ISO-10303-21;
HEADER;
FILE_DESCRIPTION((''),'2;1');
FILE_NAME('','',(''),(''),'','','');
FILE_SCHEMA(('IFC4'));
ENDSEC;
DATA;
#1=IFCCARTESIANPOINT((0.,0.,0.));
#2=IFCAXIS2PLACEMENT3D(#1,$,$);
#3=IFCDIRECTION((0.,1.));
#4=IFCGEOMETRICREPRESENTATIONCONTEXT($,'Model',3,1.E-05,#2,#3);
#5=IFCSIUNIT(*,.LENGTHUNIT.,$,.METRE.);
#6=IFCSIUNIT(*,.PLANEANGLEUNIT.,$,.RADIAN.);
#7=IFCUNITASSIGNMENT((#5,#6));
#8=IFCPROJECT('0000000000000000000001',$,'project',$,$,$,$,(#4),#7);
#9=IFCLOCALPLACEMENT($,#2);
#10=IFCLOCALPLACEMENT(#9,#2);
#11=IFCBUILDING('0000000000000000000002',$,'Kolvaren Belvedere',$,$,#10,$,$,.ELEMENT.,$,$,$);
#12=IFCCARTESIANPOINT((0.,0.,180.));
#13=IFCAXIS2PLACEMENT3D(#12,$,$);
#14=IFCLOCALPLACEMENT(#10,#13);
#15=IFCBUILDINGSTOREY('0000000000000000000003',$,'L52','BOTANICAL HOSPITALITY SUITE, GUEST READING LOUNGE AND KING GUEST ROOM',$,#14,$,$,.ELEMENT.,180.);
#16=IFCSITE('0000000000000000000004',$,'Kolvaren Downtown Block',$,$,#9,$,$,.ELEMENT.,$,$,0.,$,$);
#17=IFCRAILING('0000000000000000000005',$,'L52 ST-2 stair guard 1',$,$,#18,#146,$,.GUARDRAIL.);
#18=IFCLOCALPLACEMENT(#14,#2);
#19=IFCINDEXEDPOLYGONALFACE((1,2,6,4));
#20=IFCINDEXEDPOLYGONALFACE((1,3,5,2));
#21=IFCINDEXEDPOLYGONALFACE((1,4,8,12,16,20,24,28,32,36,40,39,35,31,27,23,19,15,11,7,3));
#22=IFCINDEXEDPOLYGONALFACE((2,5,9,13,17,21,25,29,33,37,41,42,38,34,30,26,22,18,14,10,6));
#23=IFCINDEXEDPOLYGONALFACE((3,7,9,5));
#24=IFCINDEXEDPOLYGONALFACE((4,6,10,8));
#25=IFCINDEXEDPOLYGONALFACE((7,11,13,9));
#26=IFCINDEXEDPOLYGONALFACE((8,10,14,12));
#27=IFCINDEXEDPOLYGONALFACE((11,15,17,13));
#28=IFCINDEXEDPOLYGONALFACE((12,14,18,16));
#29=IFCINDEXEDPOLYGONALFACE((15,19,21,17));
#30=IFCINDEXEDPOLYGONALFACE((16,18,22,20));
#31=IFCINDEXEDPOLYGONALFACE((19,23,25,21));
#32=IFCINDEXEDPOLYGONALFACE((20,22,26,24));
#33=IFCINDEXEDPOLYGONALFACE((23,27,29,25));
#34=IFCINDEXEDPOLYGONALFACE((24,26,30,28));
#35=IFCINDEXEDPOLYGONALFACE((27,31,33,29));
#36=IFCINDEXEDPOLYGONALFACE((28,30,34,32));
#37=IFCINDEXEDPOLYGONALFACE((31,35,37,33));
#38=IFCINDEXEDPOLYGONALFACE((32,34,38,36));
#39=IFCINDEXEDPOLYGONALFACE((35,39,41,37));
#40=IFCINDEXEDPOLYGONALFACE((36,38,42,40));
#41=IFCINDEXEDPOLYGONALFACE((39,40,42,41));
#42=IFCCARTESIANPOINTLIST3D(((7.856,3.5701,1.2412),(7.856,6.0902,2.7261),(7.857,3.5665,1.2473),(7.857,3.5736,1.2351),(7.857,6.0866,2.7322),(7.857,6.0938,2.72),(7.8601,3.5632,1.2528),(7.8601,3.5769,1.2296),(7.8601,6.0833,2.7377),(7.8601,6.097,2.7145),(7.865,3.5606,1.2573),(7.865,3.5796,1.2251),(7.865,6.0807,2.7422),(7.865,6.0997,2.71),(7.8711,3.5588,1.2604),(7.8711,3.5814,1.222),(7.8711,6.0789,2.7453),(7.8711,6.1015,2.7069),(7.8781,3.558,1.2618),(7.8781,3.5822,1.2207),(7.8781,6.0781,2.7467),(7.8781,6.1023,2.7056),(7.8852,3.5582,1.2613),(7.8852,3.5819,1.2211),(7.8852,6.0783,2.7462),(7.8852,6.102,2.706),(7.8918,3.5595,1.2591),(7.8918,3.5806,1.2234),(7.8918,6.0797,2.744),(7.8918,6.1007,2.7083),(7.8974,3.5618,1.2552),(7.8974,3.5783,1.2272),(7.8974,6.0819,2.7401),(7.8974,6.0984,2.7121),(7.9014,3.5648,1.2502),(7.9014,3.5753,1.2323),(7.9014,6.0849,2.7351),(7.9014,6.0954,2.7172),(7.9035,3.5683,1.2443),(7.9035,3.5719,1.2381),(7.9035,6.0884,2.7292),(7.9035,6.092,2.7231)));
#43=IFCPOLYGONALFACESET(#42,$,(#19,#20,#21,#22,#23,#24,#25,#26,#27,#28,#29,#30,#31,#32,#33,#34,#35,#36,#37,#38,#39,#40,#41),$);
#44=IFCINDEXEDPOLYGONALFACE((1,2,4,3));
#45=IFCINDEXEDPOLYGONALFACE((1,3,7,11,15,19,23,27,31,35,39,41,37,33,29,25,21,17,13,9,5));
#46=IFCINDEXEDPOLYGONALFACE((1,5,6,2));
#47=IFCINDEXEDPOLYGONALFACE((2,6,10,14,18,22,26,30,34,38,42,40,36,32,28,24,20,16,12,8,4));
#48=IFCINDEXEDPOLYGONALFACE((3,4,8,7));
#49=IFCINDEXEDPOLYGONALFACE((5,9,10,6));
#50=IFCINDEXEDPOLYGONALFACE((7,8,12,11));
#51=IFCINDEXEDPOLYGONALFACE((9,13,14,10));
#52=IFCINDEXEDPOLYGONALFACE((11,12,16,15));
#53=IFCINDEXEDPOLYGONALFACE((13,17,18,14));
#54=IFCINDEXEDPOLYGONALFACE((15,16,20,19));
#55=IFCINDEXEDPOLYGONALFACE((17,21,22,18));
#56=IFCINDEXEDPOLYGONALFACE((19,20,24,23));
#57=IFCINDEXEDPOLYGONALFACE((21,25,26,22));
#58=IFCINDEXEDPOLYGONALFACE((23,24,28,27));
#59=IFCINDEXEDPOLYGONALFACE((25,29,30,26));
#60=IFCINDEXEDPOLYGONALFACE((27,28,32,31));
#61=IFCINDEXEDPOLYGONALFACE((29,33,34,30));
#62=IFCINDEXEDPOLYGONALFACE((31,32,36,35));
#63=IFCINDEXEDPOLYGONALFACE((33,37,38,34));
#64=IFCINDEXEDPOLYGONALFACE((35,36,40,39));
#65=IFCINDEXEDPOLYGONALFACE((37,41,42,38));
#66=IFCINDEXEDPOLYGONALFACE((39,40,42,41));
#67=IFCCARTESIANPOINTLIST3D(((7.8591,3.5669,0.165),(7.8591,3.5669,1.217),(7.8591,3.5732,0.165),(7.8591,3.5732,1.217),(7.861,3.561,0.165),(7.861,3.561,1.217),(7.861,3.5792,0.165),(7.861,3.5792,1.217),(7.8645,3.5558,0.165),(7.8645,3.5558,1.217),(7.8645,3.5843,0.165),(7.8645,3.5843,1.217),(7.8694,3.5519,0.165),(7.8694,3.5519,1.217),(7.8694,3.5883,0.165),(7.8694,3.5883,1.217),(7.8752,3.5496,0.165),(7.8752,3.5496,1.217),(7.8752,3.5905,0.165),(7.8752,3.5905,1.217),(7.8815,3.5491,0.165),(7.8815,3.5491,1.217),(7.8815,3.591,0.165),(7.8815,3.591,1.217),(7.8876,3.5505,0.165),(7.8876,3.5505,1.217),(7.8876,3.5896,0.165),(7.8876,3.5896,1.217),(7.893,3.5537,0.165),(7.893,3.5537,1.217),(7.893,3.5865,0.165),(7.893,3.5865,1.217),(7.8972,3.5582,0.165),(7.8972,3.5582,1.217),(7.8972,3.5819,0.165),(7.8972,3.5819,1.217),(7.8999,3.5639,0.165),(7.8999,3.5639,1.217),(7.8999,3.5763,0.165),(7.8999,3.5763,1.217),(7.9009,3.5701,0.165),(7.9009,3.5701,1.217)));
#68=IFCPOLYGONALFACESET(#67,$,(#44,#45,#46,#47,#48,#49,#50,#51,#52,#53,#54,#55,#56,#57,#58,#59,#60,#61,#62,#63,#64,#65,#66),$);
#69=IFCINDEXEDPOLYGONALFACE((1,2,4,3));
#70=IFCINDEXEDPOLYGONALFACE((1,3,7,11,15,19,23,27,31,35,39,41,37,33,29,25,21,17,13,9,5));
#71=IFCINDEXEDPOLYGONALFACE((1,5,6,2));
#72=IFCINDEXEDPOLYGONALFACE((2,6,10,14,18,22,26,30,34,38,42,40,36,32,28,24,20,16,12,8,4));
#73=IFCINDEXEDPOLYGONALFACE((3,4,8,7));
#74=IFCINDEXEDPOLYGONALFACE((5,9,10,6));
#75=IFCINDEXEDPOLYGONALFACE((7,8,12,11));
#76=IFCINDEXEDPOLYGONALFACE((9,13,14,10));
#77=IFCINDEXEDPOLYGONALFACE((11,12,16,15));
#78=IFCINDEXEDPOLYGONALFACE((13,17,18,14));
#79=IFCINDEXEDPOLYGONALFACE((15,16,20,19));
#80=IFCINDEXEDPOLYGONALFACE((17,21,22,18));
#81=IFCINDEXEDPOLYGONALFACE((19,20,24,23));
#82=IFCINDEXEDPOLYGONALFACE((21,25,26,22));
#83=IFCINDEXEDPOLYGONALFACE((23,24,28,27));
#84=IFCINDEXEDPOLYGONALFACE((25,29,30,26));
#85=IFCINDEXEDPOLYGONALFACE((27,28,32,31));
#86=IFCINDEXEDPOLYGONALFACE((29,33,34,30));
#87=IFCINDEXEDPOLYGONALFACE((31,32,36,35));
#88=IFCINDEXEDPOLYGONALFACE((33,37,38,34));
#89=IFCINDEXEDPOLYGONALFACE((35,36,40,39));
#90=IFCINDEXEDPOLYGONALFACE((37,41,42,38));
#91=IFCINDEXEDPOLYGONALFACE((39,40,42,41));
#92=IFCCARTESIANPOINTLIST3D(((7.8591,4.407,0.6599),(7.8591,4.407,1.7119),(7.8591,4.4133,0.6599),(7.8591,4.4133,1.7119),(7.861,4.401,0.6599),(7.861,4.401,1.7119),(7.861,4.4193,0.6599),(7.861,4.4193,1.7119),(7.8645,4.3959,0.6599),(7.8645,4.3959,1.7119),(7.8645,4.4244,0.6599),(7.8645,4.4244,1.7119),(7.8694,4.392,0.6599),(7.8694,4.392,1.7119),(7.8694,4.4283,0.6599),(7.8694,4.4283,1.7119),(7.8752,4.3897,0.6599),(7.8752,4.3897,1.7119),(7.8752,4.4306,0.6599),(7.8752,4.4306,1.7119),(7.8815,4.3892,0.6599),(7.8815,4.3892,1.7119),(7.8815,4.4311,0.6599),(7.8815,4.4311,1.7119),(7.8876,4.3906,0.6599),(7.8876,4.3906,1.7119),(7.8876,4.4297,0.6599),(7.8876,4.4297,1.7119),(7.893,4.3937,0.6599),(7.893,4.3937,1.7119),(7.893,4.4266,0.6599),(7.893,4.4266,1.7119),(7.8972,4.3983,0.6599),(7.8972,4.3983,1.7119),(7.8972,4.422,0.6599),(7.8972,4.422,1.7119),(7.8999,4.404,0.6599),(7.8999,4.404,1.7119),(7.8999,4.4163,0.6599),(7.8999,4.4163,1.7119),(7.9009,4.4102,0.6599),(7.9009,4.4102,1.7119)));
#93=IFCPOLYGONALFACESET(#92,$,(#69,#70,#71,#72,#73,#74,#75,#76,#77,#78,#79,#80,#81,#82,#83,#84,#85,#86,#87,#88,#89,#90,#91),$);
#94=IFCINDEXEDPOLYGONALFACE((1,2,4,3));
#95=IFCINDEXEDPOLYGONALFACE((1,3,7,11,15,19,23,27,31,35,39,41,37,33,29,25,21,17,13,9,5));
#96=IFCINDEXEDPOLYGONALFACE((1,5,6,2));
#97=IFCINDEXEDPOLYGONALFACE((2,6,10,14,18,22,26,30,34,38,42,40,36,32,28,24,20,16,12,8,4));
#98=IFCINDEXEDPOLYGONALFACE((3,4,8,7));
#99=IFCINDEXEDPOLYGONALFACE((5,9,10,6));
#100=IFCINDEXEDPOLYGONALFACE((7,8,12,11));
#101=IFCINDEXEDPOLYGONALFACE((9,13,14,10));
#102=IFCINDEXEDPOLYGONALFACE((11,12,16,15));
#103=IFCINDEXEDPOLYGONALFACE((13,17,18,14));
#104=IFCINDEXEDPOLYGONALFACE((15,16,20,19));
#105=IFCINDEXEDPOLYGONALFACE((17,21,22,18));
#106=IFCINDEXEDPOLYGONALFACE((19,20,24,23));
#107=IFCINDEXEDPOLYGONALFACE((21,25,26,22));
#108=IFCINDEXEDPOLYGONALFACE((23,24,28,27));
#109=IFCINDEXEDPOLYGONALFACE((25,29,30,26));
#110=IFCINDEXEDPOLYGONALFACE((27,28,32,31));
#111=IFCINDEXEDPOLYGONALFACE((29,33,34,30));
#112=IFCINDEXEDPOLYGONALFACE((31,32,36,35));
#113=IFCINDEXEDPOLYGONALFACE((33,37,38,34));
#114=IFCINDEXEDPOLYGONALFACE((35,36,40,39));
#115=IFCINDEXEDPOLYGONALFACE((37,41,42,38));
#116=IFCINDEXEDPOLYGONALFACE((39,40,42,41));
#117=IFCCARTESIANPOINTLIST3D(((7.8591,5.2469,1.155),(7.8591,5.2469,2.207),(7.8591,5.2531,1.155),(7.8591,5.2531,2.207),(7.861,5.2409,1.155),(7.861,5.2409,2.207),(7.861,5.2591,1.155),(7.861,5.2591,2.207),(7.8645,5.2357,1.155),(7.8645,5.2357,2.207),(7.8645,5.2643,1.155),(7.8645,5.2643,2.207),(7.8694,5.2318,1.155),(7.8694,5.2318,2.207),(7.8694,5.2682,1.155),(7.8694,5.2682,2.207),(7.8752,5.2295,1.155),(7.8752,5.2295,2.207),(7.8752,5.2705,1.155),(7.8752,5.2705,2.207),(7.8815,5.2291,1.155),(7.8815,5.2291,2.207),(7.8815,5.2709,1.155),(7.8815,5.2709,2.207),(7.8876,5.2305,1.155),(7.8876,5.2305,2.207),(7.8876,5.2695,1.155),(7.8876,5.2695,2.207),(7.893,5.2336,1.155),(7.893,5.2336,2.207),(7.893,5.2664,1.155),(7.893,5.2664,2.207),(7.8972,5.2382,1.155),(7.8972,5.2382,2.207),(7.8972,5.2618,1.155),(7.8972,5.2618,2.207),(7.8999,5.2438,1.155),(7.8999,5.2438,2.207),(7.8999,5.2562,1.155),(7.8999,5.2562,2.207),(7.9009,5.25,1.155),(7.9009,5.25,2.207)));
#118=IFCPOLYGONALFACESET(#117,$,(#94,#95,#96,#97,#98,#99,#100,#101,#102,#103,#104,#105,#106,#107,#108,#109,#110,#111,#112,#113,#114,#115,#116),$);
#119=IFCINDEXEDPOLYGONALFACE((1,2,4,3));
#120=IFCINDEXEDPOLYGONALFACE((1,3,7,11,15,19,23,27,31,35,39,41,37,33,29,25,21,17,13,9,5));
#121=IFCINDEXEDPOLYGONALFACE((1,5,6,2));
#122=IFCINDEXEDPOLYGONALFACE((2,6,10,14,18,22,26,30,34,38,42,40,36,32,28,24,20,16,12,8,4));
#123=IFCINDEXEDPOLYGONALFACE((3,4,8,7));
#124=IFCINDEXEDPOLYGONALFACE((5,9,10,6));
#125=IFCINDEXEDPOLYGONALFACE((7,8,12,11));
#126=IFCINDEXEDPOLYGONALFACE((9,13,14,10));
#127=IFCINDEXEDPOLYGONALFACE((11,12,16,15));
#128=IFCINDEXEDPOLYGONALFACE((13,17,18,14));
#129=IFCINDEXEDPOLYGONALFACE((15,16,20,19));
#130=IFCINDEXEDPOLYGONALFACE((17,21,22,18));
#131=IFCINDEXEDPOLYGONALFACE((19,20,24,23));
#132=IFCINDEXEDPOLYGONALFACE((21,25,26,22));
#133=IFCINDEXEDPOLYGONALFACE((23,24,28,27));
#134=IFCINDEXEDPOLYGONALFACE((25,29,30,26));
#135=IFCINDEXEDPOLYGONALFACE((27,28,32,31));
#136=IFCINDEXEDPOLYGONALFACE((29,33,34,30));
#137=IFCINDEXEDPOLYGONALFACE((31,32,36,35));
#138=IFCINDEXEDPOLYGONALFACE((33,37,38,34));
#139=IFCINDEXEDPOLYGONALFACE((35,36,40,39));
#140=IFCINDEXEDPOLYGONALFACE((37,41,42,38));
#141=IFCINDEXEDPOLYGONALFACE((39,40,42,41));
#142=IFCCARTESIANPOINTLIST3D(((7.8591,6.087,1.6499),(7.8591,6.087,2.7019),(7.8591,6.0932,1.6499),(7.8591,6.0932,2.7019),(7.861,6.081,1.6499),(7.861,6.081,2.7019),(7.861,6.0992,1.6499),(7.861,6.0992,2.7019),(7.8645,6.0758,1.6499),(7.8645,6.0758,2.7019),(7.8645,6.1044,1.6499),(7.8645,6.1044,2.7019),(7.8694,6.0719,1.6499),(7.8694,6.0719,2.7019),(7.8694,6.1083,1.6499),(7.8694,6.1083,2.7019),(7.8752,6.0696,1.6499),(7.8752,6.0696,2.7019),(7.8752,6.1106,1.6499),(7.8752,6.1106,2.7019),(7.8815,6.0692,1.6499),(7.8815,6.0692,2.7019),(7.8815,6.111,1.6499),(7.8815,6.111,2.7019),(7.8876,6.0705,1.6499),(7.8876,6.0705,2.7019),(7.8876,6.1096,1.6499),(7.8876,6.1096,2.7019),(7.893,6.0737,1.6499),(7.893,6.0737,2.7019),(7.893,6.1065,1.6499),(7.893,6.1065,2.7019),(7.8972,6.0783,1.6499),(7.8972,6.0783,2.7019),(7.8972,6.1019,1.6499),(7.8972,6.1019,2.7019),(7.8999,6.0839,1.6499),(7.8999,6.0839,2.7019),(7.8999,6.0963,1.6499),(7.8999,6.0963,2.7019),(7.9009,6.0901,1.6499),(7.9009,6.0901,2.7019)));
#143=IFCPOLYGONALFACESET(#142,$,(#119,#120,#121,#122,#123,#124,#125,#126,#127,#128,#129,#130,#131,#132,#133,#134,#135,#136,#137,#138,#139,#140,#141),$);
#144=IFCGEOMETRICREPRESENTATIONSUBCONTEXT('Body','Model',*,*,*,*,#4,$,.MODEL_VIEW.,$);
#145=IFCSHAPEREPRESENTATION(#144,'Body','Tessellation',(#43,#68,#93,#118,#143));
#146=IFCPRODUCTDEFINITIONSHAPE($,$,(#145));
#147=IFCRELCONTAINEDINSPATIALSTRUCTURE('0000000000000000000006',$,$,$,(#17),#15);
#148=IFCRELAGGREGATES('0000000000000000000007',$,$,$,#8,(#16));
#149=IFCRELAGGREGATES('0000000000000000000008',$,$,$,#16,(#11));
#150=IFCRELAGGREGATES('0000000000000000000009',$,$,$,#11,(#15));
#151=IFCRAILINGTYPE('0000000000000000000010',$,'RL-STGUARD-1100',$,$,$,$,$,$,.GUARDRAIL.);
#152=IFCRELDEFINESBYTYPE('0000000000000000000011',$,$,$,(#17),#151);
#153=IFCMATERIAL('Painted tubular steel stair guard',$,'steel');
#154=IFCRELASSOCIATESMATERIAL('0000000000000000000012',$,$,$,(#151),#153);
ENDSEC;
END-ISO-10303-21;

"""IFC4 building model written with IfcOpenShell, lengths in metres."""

from ifc_helpers import new_model, si_unit, direction, frame, origin, origin_2d, place, context, subcontext, project, spatial, circle, extrude, material, type_object, element, save


model = new_model("IFC4")

# Units and contexts
model_context = context("Model", 3, precision=1e-05, world=origin(), true_north=direction((0.0, 1.0)))
body_context = subcontext(model_context, "Body", "Model", "MODEL_VIEW")
ifc_project = project(units=[si_unit("LENGTHUNIT", "METRE"), si_unit("PLANEANGLEUNIT", "RADIAN")], contexts=[model_context])

# Site, building, storey
site_placement = place(None, origin())
site = spatial("IfcSite", under=ifc_project, at=site_placement, Name="Kolvaren Downtown Block", CompositionType="ELEMENT", RefElevation=0.0)
building_placement = place(site_placement, origin())
building = spatial("IfcBuilding", under=site, at=building_placement, Name="Kolvaren Belvedere", CompositionType="ELEMENT")
storey_placement = place(building_placement, frame((0.0, 0.0, 180.0)))
storey = spatial("IfcBuildingStorey", under=building, at=storey_placement, Name="L52", Description="BOTANICAL HOSPITALITY SUITE, GUEST READING LOUNGE AND KING GUEST ROOM", CompositionType="ELEMENT", Elevation=180.0)

# Railing
ifc_material_1 = material(Name="Painted tubular steel stair guard", Category="steel")
railing_type_1 = type_object("IfcRailingType", Name="RL-STGUARD-1100", PredefinedType="GUARDRAIL", material=ifc_material_1)
railing_1_placement = place(storey_placement, frame((7.8799, 3.5701, 0.165)))
element("IfcRailing", 1, at=railing_1_placement, inside=storey, type_object=railing_type_1, Name="L52 ST-2 stair guard 1", PredefinedType="GUARDRAIL", context=body_context, shape_type="SweptSolid", body=[
    extrude(circle(Radius=0.0239, at=origin_2d()), frame((0.0, 0.0, 1.0762), z_axis=(0.0, 0.861561, 0.507655), x_axis=(-1.0, 0.0, 0.0)), (0.0, 0.0, 1.0), 2.925),
    extrude(circle(Radius=0.021, at=origin_2d()), origin(), (0.0, 0.0, 1.0), 1.052),
    extrude(circle(Radius=0.021, at=origin_2d()), frame((0.0, 0.8401, 0.4949)), (0.0, 0.0, 1.0), 1.052),
    extrude(circle(Radius=0.021, at=origin_2d()), frame((0.0, 1.6799, 0.99)), (0.0, 0.0, 1.0), 1.052),
    extrude(circle(Radius=0.021, at=origin_2d()), frame((0.0, 2.52, 1.4849)), (0.0, 0.0, 1.0), 1.052),
])

save(model, "model.ifc")
